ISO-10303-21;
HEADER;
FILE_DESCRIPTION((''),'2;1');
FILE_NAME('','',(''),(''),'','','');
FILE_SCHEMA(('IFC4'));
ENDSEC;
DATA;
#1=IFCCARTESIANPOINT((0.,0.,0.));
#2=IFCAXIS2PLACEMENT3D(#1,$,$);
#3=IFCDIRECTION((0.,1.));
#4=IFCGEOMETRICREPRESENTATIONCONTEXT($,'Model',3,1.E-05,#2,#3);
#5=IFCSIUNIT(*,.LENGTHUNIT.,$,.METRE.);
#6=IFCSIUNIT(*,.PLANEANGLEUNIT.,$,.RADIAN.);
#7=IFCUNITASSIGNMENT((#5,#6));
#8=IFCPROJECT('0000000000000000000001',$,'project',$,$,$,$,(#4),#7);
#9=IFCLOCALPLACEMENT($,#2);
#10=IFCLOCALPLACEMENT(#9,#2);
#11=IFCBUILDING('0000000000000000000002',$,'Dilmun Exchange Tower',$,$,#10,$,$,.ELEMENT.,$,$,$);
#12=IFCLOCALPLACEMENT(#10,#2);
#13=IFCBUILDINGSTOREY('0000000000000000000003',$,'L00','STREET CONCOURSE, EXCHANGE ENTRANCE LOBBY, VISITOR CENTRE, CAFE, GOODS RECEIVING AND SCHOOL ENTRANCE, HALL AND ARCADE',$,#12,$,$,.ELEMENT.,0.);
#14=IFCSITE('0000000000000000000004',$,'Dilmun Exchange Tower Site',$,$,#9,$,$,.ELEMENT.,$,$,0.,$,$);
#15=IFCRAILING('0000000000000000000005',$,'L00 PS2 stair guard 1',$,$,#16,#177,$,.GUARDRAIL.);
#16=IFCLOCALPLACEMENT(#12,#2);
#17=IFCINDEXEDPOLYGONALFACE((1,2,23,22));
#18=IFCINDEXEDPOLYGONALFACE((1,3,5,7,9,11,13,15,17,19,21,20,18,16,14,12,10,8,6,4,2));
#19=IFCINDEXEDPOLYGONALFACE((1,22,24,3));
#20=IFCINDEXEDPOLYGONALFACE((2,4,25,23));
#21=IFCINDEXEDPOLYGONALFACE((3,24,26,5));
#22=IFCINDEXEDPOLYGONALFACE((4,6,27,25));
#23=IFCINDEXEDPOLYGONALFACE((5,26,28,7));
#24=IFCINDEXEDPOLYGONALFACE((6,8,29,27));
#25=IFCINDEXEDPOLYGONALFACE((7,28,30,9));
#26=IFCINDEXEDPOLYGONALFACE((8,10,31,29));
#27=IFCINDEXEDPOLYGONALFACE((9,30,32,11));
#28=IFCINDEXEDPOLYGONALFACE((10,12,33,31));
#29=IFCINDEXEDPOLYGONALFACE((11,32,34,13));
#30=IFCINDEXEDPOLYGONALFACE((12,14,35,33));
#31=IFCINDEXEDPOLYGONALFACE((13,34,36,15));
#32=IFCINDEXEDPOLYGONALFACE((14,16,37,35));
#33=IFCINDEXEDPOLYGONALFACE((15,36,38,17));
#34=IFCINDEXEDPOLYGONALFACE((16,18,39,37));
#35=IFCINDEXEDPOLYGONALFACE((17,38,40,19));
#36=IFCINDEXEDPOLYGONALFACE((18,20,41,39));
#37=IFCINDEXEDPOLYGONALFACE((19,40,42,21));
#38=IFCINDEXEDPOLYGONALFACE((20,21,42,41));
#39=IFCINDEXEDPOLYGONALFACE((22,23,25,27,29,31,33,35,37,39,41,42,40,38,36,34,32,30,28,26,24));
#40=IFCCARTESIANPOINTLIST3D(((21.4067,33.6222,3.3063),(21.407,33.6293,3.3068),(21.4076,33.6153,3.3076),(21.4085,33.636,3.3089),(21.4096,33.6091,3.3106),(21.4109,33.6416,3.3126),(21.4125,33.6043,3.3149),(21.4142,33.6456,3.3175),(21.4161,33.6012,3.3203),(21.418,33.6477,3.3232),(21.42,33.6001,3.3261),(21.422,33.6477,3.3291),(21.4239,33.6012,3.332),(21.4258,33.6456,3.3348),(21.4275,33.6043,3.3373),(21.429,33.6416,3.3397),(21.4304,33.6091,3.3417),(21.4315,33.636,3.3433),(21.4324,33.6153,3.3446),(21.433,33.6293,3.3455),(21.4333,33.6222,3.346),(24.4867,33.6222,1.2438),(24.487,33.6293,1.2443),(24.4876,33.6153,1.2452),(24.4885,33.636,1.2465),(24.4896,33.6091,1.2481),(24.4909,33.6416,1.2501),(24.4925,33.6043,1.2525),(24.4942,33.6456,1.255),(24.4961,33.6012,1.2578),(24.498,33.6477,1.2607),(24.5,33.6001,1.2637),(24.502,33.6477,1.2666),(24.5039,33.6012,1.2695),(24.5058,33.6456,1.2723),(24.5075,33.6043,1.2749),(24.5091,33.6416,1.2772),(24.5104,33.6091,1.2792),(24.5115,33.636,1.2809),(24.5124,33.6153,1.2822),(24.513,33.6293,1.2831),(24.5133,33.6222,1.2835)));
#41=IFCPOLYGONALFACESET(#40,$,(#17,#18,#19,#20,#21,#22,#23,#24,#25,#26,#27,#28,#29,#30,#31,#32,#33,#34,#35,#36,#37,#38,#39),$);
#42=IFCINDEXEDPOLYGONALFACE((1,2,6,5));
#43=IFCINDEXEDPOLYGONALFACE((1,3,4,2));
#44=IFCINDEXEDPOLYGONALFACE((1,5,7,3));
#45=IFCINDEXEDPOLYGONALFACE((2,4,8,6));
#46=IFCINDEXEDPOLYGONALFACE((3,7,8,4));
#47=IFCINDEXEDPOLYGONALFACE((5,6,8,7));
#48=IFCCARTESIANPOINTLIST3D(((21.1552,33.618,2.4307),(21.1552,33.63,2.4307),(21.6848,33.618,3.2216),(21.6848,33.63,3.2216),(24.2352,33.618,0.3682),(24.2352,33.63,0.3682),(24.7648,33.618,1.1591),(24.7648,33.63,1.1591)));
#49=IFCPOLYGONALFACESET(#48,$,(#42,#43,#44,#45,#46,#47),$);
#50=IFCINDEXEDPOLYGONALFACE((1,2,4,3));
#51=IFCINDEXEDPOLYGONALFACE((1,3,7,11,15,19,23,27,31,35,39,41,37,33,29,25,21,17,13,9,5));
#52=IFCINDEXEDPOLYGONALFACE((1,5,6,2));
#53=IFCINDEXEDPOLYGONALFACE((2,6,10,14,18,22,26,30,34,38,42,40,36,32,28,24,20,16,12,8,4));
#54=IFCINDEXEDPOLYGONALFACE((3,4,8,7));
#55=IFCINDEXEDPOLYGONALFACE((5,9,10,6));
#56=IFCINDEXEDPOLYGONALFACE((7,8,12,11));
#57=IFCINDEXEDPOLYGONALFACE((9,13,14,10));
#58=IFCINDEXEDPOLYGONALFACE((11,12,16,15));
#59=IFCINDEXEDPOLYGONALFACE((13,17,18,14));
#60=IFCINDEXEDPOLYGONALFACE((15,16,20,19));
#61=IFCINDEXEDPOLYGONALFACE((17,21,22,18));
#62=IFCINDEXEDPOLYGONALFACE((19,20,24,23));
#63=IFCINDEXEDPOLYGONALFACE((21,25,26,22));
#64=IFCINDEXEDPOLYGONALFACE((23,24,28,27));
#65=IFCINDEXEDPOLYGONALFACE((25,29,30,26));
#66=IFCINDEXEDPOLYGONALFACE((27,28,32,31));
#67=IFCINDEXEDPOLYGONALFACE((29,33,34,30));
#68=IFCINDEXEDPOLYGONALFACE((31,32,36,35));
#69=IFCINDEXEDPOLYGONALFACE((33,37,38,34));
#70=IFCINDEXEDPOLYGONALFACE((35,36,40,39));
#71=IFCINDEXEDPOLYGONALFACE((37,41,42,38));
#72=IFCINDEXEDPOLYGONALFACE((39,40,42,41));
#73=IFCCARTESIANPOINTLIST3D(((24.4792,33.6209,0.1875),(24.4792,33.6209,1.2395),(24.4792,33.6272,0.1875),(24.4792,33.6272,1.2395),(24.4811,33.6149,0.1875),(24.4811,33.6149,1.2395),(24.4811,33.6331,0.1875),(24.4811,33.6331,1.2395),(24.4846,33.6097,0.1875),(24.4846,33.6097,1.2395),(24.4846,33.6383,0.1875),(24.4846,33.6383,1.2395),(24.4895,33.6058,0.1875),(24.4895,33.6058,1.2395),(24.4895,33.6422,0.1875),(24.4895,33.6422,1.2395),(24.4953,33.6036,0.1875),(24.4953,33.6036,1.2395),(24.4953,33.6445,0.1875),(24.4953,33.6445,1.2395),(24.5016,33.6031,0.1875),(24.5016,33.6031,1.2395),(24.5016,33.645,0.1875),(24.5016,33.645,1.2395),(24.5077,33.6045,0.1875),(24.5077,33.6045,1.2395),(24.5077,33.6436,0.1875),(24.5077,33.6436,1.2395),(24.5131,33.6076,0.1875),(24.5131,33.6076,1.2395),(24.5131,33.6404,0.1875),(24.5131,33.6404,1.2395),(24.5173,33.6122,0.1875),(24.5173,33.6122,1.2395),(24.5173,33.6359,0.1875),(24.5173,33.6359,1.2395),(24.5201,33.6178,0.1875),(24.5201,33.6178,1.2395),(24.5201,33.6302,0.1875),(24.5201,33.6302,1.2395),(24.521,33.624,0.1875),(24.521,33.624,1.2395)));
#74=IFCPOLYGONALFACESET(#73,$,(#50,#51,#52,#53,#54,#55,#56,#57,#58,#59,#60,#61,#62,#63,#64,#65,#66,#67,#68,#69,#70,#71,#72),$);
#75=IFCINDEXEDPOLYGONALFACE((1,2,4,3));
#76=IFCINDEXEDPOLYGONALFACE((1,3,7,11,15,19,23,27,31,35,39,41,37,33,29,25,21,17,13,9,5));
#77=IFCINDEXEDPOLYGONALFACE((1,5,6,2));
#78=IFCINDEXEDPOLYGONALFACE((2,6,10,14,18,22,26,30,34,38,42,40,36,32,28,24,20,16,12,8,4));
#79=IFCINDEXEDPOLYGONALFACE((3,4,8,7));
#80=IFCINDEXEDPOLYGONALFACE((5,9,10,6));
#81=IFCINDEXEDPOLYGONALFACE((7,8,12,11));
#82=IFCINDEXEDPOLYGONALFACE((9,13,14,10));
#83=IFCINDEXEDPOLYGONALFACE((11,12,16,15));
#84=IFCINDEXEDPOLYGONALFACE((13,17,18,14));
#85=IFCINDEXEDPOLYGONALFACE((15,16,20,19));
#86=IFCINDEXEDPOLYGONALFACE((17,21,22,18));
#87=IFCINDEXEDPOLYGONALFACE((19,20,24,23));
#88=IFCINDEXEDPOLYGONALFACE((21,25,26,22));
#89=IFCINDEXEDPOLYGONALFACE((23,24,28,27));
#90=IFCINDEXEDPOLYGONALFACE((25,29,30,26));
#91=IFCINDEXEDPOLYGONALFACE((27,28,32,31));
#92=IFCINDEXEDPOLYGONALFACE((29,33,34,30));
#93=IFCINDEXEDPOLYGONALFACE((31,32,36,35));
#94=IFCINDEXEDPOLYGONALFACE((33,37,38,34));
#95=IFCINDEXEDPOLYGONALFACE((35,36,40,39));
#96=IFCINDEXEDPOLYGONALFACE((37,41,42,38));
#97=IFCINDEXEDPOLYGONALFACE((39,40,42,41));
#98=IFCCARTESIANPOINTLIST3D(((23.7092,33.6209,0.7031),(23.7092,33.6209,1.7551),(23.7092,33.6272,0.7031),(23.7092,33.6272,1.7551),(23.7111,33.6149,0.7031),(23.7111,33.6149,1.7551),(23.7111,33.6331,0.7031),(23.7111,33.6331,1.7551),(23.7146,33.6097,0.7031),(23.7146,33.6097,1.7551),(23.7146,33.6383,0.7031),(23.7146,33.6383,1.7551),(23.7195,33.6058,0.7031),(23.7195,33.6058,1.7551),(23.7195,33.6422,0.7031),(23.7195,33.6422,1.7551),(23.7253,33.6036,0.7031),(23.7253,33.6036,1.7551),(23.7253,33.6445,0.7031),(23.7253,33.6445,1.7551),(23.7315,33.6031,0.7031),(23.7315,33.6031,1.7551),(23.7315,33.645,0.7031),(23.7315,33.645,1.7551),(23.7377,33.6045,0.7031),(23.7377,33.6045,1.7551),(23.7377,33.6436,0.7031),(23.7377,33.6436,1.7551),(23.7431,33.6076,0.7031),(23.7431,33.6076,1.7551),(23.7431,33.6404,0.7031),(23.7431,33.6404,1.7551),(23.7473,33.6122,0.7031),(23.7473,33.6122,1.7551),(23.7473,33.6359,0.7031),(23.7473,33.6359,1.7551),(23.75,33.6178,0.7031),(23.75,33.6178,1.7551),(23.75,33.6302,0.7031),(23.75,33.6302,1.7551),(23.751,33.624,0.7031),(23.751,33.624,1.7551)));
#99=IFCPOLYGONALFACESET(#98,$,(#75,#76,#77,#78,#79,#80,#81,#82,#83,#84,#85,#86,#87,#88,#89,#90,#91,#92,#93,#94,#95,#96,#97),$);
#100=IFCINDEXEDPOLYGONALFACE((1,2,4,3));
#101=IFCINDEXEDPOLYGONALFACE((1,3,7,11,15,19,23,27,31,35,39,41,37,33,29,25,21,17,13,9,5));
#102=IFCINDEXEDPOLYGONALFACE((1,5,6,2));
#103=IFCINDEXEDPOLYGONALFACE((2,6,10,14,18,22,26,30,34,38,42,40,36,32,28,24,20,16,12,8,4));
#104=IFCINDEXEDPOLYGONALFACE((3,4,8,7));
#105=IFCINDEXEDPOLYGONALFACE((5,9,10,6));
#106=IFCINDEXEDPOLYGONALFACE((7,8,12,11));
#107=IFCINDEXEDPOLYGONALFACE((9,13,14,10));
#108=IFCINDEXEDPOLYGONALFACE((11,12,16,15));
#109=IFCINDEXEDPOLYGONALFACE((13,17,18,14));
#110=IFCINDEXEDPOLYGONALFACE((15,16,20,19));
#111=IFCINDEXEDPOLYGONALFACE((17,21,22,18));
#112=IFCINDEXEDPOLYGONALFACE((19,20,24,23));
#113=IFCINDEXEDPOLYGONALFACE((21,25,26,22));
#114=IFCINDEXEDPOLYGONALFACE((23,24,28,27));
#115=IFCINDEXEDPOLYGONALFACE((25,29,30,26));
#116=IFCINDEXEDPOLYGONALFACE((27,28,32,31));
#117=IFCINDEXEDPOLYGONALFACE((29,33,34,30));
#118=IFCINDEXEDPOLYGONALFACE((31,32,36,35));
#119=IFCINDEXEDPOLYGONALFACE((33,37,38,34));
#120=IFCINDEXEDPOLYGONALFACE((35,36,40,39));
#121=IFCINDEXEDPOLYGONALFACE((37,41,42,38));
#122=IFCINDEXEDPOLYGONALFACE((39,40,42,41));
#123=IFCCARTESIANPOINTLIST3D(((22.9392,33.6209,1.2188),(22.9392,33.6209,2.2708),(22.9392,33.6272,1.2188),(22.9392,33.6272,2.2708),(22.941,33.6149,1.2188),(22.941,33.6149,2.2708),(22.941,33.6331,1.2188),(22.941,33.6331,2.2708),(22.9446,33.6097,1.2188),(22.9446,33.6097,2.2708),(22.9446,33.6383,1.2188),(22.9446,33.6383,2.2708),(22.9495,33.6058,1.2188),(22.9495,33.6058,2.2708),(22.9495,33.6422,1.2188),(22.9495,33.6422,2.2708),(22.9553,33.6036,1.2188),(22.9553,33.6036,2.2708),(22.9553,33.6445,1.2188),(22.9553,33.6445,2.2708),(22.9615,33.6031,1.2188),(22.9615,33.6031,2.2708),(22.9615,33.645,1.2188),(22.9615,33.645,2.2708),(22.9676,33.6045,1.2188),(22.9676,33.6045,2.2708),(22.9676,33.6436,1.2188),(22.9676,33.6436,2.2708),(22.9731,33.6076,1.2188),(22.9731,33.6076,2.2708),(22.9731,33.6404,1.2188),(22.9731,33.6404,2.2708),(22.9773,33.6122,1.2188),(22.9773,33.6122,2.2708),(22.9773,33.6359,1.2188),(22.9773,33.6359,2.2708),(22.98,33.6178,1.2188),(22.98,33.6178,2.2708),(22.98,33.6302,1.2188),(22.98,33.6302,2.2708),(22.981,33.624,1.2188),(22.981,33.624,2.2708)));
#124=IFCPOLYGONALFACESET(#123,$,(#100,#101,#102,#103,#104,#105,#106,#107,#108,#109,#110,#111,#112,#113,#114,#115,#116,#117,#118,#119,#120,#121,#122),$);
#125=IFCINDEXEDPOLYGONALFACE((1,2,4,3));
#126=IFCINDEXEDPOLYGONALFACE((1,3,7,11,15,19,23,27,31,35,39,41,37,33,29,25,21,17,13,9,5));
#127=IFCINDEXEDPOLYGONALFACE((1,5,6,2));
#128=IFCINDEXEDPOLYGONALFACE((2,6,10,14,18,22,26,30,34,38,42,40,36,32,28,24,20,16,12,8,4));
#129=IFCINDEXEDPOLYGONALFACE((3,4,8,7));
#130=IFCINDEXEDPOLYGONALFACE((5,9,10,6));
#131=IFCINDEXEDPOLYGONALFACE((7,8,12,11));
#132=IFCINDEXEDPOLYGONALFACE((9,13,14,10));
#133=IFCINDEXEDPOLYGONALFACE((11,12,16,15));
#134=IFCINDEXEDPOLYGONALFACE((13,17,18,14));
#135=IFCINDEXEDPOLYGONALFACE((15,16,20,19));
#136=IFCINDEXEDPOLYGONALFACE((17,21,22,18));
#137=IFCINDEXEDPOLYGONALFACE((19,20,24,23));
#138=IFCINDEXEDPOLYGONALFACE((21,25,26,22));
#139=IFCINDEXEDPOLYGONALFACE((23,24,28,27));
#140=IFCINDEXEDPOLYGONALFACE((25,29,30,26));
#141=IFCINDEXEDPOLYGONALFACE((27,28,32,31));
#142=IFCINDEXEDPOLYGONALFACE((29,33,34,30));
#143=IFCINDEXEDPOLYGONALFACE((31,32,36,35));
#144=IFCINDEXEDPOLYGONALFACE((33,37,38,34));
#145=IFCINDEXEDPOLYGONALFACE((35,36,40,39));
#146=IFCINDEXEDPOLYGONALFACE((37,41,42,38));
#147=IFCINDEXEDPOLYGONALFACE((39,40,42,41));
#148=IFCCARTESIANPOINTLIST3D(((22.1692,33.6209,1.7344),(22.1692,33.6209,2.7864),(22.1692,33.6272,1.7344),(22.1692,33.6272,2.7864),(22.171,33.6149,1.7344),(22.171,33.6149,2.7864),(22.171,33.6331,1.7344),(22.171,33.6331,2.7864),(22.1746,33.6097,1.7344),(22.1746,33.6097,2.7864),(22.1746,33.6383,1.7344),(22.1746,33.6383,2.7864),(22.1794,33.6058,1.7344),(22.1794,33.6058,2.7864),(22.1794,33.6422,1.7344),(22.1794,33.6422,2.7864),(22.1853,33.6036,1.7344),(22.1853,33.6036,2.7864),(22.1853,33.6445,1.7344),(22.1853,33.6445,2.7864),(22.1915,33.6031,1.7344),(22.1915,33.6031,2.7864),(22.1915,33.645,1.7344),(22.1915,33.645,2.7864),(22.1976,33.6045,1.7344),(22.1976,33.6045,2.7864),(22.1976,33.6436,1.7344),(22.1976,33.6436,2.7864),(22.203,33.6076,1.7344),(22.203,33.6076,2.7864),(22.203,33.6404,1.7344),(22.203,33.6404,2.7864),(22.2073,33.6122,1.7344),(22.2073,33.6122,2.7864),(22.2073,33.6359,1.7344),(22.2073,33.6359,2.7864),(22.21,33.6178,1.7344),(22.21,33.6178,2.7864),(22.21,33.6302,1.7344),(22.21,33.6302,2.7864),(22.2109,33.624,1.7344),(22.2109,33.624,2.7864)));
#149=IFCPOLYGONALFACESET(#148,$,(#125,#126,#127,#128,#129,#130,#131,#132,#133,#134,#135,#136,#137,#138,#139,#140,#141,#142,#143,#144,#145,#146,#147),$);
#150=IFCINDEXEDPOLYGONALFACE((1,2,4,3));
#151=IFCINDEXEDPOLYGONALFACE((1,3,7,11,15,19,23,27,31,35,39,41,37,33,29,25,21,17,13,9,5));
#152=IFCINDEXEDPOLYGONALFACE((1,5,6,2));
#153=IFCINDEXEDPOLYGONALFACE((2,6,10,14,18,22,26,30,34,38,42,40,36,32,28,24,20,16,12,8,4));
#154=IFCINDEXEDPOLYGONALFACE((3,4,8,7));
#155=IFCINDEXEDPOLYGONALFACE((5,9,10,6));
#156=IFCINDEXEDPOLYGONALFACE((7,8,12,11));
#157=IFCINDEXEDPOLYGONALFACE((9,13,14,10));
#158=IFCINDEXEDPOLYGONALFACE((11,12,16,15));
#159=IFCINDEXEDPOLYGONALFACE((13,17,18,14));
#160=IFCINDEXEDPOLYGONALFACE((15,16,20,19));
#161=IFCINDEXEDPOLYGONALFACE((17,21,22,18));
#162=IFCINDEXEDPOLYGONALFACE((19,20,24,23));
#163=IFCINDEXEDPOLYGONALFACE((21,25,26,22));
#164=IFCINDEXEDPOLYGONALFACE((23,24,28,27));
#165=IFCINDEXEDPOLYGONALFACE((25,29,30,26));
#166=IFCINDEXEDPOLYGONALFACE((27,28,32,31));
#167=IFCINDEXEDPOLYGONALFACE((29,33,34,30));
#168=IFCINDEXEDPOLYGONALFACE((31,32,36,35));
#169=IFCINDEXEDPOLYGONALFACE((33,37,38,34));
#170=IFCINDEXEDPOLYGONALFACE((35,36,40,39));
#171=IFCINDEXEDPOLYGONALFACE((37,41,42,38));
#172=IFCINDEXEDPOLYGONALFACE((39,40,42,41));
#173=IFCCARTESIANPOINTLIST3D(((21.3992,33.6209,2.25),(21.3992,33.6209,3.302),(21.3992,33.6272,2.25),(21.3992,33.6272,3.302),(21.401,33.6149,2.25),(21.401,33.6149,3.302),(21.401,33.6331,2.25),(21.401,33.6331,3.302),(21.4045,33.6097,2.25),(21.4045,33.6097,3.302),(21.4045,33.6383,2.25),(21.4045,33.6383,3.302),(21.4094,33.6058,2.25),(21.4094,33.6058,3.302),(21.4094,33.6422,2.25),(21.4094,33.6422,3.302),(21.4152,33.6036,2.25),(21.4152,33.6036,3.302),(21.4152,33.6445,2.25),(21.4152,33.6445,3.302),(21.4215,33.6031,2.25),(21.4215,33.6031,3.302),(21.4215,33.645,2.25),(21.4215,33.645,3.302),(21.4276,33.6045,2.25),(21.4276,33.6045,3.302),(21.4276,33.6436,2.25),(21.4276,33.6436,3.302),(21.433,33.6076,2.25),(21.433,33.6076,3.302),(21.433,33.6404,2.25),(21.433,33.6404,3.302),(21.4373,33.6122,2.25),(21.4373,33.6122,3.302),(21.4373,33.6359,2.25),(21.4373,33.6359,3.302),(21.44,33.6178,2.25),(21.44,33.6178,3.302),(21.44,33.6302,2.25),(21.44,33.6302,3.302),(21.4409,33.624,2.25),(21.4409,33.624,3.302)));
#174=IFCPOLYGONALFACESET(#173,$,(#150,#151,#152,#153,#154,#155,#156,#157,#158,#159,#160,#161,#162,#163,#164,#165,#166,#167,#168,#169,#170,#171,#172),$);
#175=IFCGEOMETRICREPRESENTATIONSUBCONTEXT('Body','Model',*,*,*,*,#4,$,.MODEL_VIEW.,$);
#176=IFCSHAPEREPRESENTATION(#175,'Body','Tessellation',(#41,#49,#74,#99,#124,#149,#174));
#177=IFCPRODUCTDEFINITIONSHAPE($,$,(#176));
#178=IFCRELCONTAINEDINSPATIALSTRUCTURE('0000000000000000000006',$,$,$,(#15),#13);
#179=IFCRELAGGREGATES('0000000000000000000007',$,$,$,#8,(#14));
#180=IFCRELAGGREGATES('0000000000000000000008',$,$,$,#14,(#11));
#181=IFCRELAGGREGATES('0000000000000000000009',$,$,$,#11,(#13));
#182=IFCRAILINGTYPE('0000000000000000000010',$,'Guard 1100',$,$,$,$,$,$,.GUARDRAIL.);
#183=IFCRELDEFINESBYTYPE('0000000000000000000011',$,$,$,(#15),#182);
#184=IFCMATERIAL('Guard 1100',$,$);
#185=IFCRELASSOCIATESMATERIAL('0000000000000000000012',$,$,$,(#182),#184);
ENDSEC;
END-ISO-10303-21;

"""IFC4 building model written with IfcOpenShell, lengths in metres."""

from ifc_helpers import new_model, si_unit, direction, frame, origin, origin_2d, place, context, subcontext, project, spatial, rectangle, circle, extrude, material, type_object, element, save


model = new_model("IFC4")

# Units and contexts
model_context = context("Model", 3, precision=1e-05, world=origin(), true_north=direction((0.0, 1.0)))
body_context = subcontext(model_context, "Body", "Model", "MODEL_VIEW")
ifc_project = project(units=[si_unit("LENGTHUNIT", "METRE"), si_unit("PLANEANGLEUNIT", "RADIAN")], contexts=[model_context])

# Site, building, storey
site_placement = place(None, origin())
site = spatial("IfcSite", under=ifc_project, at=site_placement, Name="Dilmun Exchange Tower Site", CompositionType="ELEMENT", RefElevation=0.0)
building_placement = place(site_placement, origin())
building = spatial("IfcBuilding", under=site, at=building_placement, Name="Dilmun Exchange Tower", CompositionType="ELEMENT")
storey_placement = place(building_placement, origin())
storey = spatial("IfcBuildingStorey", under=building, at=storey_placement, Name="L00", Description="STREET CONCOURSE, EXCHANGE ENTRANCE LOBBY, VISITOR CENTRE, CAFE, GOODS RECEIVING AND SCHOOL ENTRANCE, HALL AND ARCADE", CompositionType="ELEMENT", Elevation=0.0)

# Railing
ifc_material_1 = material(Name="Guard 1100")
railing_type_1 = type_object("IfcRailingType", Name="Guard 1100", PredefinedType="GUARDRAIL", material=ifc_material_1)
railing_1_placement = place(storey_placement, frame((24.5, 33.624, 0.1875)))
element("IfcRailing", 1, at=railing_1_placement, inside=storey, type_object=railing_type_1, Name="L00 PS2 stair guard 1", PredefinedType="GUARDRAIL", context=body_context, shape_type="SweptSolid", body=[
    extrude(circle(Radius=0.0239, at=origin_2d()), frame((0.0, 0.0, 1.0762), z_axis=(-0.830914, 0.0, 0.556401), x_axis=(0.0, -1.0, 0.0)), (0.0, 0.0, 1.0), 3.7068),
    extrude(rectangle(XDim=0.012, YDim=0.9519, at=origin_2d()), frame((0.0, 0.0, 0.5762), z_axis=(-0.830914, 0.0, 0.556401), x_axis=(0.0, -1.0, 0.0)), (0.0, 0.0, 1.0), 3.7068),
    extrude(circle(Radius=0.021, at=origin_2d()), origin(), (0.0, 0.0, 1.0), 1.052),
    extrude(circle(Radius=0.021, at=origin_2d()), frame((-0.77, 0.0, 0.5156)), (0.0, 0.0, 1.0), 1.052),
    extrude(circle(Radius=0.021, at=origin_2d()), frame((-1.54, 0.0, 1.0312)), (0.0, 0.0, 1.0), 1.052),
    extrude(circle(Radius=0.021, at=origin_2d()), frame((-2.3101, 0.0, 1.5469)), (0.0, 0.0, 1.0), 1.052),
    extrude(circle(Radius=0.021, at=origin_2d()), frame((-3.0801, 0.0, 2.0625)), (0.0, 0.0, 1.0), 1.052),
])

save(model, "model.ifc")
